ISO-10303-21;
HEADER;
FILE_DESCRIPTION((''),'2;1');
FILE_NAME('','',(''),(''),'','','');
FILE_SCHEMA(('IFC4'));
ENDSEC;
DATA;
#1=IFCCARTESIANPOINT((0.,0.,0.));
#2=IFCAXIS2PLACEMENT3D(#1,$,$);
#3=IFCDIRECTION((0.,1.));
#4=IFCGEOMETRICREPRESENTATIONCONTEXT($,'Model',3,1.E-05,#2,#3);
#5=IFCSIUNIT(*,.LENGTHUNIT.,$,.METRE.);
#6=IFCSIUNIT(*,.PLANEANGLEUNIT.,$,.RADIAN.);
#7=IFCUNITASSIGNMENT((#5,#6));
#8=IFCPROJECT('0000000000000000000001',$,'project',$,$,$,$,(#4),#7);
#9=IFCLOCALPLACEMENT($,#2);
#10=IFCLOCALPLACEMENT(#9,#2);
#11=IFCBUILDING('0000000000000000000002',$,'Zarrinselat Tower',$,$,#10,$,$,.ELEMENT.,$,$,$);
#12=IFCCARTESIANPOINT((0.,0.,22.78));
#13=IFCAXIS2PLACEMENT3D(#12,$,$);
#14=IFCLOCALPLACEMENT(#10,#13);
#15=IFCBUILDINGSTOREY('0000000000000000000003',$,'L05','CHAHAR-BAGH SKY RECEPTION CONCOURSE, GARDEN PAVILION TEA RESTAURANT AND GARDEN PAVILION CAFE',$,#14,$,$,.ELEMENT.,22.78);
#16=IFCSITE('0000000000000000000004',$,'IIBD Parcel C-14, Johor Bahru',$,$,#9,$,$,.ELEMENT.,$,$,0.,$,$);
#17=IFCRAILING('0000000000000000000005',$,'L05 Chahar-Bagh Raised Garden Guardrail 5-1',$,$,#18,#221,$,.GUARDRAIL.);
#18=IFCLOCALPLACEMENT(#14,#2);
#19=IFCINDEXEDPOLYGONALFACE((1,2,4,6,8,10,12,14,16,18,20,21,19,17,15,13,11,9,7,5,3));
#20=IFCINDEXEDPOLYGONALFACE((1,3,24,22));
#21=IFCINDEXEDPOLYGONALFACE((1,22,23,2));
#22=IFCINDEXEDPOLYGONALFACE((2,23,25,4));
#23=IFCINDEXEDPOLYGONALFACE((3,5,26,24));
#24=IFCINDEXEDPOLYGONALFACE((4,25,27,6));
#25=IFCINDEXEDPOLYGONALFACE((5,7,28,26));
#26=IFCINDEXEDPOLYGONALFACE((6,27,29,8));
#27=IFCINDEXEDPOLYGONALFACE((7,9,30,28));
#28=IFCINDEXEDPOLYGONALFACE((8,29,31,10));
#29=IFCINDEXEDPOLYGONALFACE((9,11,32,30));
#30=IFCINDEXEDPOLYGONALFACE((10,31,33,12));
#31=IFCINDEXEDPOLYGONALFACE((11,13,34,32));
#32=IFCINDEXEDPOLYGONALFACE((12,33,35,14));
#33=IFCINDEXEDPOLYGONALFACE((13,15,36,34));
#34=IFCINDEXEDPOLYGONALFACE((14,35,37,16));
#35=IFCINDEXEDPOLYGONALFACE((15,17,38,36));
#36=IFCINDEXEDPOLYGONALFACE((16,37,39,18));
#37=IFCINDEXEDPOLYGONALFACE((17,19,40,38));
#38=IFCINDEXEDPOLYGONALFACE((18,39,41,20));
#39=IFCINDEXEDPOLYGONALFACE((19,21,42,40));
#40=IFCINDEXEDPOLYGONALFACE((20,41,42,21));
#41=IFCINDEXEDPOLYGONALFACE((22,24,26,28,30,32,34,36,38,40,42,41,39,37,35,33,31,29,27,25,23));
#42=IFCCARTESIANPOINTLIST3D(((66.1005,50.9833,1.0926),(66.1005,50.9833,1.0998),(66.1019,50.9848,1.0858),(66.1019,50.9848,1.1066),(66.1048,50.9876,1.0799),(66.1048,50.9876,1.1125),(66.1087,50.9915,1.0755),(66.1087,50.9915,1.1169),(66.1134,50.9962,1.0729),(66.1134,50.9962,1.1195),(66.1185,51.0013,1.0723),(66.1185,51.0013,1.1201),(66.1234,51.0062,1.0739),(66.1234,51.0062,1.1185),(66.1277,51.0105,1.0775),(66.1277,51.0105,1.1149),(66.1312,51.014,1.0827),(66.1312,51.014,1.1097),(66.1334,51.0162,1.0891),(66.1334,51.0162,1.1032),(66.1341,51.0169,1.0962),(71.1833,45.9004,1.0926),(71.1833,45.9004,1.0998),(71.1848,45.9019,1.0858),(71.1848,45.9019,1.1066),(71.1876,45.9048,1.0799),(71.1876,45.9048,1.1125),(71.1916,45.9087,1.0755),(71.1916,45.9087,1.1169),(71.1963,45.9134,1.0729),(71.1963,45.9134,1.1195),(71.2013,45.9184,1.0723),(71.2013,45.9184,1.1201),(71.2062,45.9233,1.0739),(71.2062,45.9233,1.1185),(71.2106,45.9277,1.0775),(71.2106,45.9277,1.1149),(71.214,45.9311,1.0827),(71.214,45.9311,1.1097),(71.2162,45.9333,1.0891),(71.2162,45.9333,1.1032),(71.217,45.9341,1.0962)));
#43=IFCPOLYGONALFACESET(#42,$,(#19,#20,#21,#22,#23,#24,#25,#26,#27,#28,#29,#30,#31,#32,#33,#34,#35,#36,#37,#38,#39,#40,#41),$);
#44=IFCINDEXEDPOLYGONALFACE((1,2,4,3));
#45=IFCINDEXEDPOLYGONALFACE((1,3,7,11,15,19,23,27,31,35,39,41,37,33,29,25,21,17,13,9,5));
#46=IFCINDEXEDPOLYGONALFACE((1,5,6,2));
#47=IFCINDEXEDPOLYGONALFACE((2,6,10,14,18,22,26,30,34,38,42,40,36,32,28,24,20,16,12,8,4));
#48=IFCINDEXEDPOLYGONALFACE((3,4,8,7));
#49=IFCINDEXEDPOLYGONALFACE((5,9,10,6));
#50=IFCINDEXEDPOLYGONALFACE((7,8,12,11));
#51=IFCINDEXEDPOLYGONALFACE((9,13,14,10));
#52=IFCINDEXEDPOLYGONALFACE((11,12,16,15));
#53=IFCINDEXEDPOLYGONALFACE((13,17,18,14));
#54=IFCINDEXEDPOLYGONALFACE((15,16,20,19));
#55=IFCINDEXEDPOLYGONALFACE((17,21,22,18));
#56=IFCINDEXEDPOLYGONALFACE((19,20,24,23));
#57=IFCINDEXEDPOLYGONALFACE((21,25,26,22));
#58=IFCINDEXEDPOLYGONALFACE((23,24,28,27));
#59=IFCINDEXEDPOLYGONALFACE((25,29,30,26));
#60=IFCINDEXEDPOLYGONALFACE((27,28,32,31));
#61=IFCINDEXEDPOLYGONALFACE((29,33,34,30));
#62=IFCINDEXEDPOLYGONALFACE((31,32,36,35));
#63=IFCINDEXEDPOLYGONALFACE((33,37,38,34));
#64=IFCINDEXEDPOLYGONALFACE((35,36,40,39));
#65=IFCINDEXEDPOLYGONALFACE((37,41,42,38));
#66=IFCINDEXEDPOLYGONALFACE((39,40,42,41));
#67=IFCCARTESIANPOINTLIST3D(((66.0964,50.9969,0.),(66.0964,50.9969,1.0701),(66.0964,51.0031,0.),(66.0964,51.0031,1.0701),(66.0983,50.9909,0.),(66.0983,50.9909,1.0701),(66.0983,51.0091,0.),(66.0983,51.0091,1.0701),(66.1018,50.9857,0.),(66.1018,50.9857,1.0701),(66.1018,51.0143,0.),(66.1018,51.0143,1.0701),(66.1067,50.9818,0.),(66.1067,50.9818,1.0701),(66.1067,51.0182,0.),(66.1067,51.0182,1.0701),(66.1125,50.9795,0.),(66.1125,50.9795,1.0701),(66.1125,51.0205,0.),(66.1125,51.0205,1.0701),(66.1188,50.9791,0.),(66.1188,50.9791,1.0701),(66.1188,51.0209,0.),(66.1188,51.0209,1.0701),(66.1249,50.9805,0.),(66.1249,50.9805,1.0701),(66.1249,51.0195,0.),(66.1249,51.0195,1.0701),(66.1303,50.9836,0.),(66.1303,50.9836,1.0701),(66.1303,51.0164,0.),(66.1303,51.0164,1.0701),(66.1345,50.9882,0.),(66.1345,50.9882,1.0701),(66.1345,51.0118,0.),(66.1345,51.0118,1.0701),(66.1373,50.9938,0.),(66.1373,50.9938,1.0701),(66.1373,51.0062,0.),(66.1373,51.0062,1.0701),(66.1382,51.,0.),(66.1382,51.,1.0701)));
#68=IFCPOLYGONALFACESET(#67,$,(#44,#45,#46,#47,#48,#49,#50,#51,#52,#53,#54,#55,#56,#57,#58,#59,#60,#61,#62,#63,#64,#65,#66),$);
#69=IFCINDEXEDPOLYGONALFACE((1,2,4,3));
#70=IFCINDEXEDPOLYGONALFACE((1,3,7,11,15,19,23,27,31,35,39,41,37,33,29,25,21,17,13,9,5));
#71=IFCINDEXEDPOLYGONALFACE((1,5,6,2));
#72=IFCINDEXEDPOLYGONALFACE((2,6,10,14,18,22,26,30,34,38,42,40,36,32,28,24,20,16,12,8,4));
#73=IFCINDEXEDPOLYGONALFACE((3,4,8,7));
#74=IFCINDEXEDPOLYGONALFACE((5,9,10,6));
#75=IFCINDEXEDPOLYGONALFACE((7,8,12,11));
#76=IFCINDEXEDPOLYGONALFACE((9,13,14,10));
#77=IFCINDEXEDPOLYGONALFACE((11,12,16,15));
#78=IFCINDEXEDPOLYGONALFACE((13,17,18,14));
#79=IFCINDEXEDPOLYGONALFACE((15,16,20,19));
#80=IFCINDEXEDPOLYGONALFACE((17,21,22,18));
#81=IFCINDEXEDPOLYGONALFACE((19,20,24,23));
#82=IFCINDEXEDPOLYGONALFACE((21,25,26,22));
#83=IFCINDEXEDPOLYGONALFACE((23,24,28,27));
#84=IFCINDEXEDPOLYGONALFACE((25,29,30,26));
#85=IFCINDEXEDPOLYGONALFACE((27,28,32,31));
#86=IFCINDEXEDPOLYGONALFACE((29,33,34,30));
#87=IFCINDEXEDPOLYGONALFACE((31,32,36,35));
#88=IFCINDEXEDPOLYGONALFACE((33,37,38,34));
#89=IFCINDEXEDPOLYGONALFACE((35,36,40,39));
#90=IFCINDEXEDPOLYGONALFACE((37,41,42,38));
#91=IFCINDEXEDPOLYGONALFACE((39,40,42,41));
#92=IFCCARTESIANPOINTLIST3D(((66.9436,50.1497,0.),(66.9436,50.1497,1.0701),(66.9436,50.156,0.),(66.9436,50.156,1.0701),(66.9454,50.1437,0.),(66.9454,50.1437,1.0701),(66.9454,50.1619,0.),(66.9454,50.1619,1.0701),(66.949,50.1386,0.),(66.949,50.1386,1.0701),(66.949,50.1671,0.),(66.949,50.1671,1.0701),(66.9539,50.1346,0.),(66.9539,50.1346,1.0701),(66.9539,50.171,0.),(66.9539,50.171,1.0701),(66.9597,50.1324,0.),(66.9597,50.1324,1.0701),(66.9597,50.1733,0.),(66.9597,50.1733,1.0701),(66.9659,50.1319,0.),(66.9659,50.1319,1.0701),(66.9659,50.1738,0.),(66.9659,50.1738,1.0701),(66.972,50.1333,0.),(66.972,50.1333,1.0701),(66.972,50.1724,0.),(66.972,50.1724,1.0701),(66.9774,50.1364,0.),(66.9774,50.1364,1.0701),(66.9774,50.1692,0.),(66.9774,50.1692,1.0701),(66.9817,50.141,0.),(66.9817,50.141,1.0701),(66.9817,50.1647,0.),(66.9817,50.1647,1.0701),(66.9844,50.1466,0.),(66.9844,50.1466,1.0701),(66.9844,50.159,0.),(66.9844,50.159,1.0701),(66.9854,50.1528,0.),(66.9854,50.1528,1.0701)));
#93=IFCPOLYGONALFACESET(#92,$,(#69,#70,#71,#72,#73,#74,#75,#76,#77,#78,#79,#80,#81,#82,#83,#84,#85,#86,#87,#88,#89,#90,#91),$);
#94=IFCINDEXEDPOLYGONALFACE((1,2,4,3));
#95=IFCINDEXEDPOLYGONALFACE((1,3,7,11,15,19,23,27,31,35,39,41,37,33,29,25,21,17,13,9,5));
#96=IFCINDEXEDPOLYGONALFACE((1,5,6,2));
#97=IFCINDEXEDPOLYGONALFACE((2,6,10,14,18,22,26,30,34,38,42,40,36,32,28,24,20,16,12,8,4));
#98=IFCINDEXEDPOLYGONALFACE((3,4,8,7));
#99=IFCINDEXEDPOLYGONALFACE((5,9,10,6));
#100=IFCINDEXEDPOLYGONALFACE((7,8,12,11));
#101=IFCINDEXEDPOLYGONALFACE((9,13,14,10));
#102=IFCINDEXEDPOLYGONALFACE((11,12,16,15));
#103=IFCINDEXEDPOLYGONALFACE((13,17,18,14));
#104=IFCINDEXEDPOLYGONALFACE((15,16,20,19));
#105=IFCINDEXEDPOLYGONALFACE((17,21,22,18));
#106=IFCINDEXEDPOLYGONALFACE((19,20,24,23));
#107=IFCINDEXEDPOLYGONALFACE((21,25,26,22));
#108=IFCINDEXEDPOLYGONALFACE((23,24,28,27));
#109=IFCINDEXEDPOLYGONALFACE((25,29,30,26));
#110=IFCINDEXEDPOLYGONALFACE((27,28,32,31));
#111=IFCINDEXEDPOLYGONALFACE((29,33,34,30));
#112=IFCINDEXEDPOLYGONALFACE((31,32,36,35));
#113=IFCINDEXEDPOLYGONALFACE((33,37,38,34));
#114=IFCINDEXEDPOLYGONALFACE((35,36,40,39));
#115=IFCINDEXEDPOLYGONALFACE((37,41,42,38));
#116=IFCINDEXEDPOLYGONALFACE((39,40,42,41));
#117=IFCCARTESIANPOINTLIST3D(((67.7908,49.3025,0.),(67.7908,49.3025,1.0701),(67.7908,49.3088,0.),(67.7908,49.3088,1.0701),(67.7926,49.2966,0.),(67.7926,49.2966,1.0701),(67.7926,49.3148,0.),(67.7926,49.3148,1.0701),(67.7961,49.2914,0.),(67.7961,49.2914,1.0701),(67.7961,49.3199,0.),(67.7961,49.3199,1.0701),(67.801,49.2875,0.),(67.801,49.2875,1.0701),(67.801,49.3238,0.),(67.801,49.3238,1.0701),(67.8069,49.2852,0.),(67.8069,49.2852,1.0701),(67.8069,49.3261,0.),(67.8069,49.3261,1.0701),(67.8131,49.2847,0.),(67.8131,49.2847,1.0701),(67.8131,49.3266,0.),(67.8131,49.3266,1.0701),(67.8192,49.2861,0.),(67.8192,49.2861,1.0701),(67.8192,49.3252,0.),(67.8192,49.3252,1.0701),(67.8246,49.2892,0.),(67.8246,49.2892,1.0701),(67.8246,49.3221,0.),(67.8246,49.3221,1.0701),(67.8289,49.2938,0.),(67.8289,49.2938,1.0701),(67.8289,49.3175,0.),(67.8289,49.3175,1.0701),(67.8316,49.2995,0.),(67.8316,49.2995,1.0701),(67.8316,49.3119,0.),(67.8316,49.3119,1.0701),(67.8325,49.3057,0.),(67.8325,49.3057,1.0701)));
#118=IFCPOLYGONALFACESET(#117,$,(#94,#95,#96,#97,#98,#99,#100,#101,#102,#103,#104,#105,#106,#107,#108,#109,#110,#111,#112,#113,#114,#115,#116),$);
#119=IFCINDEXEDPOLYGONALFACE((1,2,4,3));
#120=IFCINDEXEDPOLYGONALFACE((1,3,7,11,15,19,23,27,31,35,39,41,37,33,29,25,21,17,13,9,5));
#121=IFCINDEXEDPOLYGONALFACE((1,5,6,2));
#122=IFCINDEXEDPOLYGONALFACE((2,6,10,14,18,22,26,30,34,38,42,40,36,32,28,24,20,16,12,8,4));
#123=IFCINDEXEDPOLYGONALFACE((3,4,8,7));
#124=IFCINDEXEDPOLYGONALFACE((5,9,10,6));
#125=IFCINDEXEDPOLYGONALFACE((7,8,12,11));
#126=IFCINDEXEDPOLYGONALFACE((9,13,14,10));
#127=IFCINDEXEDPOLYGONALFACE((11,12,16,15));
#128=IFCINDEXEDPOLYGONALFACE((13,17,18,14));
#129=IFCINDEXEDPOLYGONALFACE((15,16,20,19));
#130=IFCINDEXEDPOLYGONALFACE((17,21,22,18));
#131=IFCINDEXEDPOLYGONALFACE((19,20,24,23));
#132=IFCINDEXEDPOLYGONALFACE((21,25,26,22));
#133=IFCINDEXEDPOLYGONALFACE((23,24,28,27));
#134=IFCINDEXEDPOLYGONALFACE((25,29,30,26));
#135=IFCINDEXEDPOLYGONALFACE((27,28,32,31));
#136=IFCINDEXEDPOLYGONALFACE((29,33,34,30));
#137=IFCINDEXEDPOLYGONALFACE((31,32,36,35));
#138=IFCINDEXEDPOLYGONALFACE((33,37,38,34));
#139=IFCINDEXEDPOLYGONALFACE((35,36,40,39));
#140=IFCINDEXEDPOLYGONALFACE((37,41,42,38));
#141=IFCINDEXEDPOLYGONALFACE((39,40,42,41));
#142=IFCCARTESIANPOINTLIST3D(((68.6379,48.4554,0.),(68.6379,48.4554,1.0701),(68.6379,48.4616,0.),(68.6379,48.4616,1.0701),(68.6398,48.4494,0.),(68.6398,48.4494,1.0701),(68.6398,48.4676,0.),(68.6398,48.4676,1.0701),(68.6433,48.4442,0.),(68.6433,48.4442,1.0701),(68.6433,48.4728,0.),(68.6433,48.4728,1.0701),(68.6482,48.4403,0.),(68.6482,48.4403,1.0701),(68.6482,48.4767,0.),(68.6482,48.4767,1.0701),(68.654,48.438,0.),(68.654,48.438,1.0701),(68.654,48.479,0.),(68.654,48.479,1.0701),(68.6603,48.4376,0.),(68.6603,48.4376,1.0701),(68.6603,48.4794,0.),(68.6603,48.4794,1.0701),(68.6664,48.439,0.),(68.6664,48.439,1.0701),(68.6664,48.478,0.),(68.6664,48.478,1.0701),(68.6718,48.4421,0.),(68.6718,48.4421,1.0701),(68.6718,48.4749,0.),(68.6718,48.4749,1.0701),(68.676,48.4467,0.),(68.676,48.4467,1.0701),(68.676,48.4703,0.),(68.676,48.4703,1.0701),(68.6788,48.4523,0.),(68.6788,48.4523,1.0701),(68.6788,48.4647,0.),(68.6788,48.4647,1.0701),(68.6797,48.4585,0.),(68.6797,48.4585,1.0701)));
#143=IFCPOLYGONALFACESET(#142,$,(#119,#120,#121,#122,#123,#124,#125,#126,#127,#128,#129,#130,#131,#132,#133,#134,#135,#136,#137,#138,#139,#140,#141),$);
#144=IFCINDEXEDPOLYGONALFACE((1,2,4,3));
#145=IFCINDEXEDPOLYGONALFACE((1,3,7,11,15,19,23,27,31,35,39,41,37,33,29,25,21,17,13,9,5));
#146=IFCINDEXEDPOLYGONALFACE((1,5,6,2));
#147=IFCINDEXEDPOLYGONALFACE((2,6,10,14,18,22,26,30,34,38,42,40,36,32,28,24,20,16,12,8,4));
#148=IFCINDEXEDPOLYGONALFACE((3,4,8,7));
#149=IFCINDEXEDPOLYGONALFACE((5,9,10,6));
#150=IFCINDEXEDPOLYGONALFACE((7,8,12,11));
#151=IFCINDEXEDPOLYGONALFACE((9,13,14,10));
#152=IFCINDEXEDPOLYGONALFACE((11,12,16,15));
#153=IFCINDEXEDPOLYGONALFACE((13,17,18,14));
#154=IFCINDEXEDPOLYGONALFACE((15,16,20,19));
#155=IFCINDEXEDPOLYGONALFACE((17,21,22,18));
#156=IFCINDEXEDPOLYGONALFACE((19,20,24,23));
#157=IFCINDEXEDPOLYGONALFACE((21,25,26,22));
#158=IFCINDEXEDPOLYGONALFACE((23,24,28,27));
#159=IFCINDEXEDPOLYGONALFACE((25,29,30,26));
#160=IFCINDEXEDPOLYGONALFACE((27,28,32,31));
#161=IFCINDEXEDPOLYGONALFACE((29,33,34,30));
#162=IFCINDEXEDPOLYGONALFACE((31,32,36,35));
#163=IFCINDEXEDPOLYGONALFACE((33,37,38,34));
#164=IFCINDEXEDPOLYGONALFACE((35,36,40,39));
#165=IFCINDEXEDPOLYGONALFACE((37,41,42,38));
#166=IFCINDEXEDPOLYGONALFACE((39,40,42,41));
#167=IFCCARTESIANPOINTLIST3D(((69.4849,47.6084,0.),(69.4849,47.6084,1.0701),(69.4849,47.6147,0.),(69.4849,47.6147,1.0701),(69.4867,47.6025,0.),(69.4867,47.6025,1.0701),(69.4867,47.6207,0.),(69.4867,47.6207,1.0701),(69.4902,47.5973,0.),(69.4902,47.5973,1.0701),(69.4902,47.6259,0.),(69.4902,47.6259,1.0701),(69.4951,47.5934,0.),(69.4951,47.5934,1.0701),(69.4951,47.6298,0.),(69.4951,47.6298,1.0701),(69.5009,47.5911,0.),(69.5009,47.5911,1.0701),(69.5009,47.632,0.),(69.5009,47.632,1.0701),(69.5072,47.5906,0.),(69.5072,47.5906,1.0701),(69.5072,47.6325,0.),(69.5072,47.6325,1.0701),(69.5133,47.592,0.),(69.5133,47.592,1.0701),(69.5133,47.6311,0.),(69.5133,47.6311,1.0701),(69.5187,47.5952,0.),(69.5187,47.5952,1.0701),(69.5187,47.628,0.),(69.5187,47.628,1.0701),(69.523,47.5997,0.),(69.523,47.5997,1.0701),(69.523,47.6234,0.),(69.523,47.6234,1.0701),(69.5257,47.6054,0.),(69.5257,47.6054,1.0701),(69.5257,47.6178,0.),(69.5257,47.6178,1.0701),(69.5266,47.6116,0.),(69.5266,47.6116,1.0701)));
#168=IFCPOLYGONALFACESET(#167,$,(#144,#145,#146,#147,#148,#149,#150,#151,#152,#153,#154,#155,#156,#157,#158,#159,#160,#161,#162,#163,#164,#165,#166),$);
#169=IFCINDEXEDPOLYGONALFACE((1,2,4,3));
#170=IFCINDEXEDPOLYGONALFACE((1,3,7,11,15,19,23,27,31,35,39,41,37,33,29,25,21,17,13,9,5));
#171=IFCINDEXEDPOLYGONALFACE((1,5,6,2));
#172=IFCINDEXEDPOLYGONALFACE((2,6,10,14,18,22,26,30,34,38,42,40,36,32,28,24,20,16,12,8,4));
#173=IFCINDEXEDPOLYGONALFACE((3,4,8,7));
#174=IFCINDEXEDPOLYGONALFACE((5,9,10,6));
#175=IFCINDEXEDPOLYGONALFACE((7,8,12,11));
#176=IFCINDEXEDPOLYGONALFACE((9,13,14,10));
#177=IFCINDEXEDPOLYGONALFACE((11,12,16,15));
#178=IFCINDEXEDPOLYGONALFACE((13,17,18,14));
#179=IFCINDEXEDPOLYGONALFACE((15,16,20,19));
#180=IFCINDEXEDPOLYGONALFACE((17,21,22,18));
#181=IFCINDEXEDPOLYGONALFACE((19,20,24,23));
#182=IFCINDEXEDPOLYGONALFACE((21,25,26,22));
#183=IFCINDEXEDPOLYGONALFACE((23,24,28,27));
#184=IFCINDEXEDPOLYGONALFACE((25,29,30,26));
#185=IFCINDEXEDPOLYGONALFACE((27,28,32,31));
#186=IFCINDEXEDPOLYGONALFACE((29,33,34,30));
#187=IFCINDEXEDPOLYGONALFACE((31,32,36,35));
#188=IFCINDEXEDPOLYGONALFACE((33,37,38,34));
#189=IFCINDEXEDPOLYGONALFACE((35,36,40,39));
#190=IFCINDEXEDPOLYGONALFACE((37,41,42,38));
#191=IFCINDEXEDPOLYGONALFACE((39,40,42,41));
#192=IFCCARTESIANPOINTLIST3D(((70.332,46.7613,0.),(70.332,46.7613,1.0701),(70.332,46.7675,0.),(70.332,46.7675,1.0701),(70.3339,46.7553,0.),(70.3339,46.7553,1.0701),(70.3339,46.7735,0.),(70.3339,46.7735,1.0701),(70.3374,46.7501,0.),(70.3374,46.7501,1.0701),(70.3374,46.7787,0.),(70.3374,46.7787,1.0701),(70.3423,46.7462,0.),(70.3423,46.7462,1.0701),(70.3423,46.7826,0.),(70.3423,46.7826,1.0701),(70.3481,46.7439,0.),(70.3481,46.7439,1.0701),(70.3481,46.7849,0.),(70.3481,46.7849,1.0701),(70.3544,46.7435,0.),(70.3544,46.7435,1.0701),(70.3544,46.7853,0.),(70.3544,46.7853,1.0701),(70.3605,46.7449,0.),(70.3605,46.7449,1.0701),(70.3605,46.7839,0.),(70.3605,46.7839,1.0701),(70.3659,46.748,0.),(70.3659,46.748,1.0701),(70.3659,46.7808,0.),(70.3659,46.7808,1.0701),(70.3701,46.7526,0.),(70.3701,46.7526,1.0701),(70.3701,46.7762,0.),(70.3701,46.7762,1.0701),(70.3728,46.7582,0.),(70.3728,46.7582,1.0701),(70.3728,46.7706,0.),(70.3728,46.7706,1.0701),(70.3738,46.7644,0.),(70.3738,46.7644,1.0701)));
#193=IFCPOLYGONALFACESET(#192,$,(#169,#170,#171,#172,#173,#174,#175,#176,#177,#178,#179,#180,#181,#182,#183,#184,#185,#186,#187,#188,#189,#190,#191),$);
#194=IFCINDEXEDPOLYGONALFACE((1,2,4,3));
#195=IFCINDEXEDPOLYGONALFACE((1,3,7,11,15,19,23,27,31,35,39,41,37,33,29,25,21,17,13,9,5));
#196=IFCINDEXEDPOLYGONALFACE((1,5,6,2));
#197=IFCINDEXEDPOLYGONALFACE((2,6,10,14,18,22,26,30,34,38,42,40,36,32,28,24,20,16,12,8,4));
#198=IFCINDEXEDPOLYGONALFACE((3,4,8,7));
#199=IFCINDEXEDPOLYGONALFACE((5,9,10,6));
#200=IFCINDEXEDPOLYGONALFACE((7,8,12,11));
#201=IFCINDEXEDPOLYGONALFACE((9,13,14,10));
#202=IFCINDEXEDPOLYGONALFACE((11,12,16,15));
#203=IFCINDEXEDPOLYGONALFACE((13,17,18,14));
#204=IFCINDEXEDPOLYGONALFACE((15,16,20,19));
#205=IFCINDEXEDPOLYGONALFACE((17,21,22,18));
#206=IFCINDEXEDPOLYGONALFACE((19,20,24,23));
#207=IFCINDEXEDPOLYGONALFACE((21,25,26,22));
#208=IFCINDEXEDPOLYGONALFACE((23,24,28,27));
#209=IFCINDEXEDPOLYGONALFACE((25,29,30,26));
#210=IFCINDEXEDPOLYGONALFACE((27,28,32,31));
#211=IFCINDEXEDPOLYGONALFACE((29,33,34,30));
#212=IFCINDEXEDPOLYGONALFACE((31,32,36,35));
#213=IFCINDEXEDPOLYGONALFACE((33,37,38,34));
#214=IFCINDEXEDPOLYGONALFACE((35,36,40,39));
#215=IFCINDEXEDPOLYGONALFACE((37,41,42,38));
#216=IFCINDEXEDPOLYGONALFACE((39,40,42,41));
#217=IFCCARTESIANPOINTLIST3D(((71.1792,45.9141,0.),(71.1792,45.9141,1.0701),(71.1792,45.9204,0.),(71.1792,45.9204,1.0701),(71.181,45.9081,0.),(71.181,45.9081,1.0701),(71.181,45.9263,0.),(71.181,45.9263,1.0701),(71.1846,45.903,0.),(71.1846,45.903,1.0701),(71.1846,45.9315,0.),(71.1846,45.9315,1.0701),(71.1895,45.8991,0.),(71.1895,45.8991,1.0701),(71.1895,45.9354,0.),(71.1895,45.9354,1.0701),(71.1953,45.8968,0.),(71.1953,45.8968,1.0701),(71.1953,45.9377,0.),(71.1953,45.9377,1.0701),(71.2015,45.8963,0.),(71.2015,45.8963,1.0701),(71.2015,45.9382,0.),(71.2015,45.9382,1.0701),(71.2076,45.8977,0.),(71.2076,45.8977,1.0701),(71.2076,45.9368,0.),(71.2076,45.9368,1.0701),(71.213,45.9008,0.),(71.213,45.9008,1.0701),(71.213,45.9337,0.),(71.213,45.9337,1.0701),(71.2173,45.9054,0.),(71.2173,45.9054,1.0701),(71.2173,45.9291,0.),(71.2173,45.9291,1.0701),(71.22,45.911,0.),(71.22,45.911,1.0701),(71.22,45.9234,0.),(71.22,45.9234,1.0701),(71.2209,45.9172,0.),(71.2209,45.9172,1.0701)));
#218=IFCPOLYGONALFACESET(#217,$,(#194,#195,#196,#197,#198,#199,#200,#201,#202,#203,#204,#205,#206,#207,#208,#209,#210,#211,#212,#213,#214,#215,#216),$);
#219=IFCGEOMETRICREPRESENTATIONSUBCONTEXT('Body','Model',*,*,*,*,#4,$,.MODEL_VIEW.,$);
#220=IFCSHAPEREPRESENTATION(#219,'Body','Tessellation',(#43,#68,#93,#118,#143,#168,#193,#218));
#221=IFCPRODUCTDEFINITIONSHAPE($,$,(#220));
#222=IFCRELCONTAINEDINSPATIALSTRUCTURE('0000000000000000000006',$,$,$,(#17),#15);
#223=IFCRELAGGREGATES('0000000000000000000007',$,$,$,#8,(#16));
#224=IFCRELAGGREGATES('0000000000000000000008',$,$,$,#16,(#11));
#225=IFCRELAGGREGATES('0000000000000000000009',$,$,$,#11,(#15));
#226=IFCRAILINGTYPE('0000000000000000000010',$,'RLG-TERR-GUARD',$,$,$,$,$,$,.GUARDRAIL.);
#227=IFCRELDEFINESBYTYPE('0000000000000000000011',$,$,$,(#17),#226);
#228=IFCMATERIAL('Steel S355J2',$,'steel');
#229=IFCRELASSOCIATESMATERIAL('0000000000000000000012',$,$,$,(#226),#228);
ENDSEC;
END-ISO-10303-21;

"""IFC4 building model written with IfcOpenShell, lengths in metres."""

from ifc_helpers import new_model, si_unit, direction, frame, origin, origin_2d, place, context, subcontext, project, spatial, circle, extrude, material, type_object, element, save


model = new_model("IFC4")

# Units and contexts
model_context = context("Model", 3, precision=1e-05, world=origin(), true_north=direction((0.0, 1.0)))
body_context = subcontext(model_context, "Body", "Model", "MODEL_VIEW")
ifc_project = project(units=[si_unit("LENGTHUNIT", "METRE"), si_unit("PLANEANGLEUNIT", "RADIAN")], contexts=[model_context])

# Site, building, storey
site_placement = place(None, origin())
site = spatial("IfcSite", under=ifc_project, at=site_placement, Name="IIBD Parcel C-14, Johor Bahru", CompositionType="ELEMENT", RefElevation=0.0)
building_placement = place(site_placement, origin())
building = spatial("IfcBuilding", under=site, at=building_placement, Name="Zarrinselat Tower", CompositionType="ELEMENT")
storey_placement = place(building_placement, frame((0.0, 0.0, 22.78)))
storey = spatial("IfcBuildingStorey", under=building, at=storey_placement, Name="L05", Description="CHAHAR-BAGH SKY RECEPTION CONCOURSE, GARDEN PAVILION TEA RESTAURANT AND GARDEN PAVILION CAFE", CompositionType="ELEMENT", Elevation=22.78)

# Railing
ifc_material_1 = material(Name="Steel S355J2", Category="steel")
railing_type_1 = type_object("IfcRailingType", Name="RLG-TERR-GUARD", PredefinedType="GUARDRAIL", material=ifc_material_1)
railing_1_placement = place(storey_placement, frame((66.1172, 51.0, 0.0)))
element("IfcRailing", 1, at=railing_1_placement, inside=storey, type_object=railing_type_1, Name="L05 Chahar-Bagh Raised Garden Guardrail 5-1", PredefinedType="GUARDRAIL", context=body_context, shape_type="SweptSolid", body=[
    extrude(circle(Radius=0.0239, at=origin_2d()), frame((0.0, 0.0, 1.0962), z_axis=(0.707107, -0.707107, 0.0), x_axis=(0.707107, 0.707107, 0.0)), (0.0, 0.0, 1.0), 7.1882),
    extrude(circle(Radius=0.021, at=origin_2d()), origin(), (0.0, 0.0, 1.0), 1.0701),
    extrude(circle(Radius=0.021, at=origin_2d()), frame((0.8472, -0.8472, 0.0)), (0.0, 0.0, 1.0), 1.0701),
    extrude(circle(Radius=0.021, at=origin_2d()), frame((1.6943, -1.6943, 0.0)), (0.0, 0.0, 1.0), 1.0701),
    extrude(circle(Radius=0.021, at=origin_2d()), frame((2.5415, -2.5415, 0.0)), (0.0, 0.0, 1.0), 1.0701),
    extrude(circle(Radius=0.021, at=origin_2d()), frame((3.3884, -3.3884, 0.0)), (0.0, 0.0, 1.0), 1.0701),
    extrude(circle(Radius=0.021, at=origin_2d()), frame((4.2356, -4.2356, 0.0)), (0.0, 0.0, 1.0), 1.0701),
    extrude(circle(Radius=0.021, at=origin_2d()), frame((5.0828, -5.0828, 0.0)), (0.0, 0.0, 1.0), 1.0701),
])

save(model, "model.ifc")
